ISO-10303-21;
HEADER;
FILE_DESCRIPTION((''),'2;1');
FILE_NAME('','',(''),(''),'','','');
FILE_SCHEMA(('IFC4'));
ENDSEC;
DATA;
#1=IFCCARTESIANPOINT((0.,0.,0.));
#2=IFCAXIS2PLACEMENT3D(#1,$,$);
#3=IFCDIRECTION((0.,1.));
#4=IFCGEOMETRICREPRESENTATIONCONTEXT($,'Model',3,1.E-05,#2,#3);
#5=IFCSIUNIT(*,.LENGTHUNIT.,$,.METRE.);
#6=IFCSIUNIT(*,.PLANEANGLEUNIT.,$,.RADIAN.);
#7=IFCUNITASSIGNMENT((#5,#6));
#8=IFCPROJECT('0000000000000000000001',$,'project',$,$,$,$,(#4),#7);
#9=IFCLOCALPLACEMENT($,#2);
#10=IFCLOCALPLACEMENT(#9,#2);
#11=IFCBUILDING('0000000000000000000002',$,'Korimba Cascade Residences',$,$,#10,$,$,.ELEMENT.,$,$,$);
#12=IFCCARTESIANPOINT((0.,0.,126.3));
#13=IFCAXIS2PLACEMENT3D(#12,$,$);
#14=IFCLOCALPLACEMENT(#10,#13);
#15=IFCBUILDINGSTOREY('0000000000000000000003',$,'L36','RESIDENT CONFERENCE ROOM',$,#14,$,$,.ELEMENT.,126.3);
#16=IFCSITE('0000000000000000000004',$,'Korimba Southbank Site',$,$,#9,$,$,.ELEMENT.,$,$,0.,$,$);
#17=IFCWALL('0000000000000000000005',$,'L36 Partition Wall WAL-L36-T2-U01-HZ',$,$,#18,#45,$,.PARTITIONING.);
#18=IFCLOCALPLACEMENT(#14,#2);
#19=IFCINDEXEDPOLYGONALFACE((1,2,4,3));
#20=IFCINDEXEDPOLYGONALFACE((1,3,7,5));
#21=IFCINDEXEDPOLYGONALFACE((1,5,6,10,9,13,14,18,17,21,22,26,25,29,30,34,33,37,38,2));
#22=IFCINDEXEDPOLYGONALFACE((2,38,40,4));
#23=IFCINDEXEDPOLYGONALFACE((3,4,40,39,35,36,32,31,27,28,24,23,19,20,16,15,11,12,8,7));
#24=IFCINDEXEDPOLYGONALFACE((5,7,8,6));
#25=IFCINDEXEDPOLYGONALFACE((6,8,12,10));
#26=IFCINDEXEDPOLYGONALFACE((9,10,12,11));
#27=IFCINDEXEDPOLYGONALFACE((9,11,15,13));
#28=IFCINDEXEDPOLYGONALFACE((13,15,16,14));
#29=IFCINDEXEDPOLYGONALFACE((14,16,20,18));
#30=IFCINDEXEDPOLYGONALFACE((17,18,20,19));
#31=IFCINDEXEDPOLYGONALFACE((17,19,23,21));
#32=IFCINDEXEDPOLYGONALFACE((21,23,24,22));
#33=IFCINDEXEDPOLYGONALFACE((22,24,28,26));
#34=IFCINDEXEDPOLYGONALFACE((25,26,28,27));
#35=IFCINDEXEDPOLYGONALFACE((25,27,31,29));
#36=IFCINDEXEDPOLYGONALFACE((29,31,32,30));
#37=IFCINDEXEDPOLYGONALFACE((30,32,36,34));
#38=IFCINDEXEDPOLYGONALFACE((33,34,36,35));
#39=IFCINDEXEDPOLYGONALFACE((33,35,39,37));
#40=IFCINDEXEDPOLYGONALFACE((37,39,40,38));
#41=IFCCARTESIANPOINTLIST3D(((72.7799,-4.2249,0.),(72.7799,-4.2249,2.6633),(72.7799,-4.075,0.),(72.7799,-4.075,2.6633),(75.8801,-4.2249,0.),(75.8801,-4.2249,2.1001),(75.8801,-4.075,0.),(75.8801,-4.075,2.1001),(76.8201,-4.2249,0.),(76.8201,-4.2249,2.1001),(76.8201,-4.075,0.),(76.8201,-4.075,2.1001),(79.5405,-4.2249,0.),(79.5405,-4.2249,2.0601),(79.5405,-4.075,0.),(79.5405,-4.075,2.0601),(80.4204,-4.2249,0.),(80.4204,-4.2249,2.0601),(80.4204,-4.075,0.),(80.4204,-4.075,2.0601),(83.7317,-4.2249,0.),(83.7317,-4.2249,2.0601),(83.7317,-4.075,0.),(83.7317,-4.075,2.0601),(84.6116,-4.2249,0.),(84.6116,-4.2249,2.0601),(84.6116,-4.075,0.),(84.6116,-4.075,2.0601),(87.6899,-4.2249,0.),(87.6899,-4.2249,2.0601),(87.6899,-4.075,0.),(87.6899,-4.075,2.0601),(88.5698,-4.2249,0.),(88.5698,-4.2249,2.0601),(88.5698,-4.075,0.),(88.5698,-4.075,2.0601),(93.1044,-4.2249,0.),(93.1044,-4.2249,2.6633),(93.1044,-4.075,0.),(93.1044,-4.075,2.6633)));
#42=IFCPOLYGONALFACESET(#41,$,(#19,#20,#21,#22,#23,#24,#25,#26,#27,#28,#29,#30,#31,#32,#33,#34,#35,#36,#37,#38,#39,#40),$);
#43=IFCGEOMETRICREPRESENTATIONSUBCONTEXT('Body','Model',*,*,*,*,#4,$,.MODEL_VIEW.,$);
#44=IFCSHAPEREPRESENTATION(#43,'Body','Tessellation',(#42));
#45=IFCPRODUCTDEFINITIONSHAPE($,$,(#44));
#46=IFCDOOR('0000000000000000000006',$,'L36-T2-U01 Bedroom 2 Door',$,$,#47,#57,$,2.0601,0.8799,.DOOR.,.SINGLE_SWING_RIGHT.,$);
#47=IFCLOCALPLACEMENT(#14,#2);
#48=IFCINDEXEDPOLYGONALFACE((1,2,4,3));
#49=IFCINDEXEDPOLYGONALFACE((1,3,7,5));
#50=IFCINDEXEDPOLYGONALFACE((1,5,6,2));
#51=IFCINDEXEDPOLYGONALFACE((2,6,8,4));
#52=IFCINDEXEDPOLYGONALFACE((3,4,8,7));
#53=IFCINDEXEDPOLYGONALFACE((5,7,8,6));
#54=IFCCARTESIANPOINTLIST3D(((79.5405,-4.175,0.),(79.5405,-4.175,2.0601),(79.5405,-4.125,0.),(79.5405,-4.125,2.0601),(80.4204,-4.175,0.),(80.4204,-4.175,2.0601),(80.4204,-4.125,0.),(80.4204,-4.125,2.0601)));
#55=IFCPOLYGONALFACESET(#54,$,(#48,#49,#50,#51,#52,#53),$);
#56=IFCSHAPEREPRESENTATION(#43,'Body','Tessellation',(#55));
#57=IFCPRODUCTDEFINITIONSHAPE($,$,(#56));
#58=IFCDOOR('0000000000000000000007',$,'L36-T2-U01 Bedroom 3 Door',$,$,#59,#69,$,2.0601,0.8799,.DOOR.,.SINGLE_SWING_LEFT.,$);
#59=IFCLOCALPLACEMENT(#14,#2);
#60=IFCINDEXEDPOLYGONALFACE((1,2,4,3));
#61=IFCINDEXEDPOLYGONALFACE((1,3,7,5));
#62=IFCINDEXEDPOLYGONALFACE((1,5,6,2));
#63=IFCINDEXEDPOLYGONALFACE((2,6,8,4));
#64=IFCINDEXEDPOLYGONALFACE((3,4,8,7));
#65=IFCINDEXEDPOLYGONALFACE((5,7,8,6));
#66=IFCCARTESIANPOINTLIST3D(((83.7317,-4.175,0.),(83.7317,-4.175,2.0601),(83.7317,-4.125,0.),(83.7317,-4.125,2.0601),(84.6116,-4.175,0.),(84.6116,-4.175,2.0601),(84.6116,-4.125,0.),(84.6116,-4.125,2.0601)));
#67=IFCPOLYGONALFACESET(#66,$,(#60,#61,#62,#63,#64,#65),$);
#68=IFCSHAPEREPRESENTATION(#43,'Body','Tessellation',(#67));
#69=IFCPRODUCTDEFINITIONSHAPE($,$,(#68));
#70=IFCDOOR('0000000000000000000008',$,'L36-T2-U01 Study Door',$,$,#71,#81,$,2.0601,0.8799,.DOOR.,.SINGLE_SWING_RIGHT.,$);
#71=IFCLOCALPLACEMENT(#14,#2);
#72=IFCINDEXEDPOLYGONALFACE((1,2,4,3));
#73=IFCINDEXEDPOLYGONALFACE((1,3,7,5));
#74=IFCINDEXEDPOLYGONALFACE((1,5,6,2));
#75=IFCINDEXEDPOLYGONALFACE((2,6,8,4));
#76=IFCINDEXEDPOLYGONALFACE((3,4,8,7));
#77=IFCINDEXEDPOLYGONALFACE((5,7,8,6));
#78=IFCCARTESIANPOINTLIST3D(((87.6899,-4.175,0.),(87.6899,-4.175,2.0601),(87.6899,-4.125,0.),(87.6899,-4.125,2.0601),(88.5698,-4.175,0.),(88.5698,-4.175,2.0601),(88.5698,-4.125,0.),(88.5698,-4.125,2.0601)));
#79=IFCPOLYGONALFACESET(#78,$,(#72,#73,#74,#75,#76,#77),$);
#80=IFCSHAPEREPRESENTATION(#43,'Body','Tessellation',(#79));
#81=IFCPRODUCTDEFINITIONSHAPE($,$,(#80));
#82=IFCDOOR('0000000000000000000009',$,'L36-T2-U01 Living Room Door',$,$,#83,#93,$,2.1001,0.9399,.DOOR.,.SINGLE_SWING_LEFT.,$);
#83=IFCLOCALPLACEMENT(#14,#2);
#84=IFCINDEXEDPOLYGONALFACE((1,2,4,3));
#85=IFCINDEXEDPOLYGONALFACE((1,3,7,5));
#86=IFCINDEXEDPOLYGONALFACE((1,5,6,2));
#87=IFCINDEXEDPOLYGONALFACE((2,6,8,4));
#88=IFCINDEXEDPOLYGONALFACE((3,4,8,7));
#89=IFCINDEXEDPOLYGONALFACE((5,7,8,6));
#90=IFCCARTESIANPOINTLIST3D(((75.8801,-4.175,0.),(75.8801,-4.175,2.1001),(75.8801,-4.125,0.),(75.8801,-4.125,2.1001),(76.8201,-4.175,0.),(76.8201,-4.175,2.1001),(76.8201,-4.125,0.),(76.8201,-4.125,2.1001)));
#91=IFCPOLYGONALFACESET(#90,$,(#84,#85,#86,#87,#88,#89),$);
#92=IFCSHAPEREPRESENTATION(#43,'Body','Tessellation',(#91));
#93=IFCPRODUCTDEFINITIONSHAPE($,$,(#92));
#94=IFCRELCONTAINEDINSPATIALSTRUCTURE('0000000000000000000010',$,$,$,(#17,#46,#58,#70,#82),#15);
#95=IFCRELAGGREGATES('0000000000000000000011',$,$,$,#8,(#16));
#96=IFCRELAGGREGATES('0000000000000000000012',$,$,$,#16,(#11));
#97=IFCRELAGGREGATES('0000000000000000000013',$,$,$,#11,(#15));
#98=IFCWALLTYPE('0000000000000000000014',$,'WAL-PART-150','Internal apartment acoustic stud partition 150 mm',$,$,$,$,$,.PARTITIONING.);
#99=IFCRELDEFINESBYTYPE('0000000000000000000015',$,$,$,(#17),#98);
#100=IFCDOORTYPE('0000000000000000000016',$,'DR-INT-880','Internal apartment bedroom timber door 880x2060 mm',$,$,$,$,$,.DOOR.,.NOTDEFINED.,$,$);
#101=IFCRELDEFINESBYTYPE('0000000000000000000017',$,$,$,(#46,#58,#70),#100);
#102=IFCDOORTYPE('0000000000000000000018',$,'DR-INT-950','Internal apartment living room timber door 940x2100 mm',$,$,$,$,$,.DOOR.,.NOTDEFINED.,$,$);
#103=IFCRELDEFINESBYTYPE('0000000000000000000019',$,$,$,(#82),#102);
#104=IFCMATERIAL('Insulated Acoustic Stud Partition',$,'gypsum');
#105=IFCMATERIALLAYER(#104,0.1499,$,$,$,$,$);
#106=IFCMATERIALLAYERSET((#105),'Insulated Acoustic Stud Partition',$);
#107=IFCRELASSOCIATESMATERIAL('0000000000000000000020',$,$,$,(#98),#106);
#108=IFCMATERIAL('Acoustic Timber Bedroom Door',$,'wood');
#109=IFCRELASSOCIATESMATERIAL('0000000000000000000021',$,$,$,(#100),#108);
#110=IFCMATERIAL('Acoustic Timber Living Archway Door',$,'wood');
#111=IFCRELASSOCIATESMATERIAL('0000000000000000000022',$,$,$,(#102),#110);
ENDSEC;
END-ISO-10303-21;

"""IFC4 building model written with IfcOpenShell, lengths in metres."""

from ifc_helpers import new_model, si_unit, direction, frame, frame_2d, origin, place, context, subcontext, project, spatial, rectangle, extrude, material, layer, layer_set, type_object, element, fill, save


model = new_model("IFC4")

# Units and contexts
model_context = context("Model", 3, precision=1e-05, world=origin(), true_north=direction((0.0, 1.0)))
body_context = subcontext(model_context, "Body", "Model", "MODEL_VIEW")
ifc_project = project(units=[si_unit("LENGTHUNIT", "METRE"), si_unit("PLANEANGLEUNIT", "RADIAN")], contexts=[model_context])

# Site, building, storey
site_placement = place(None, origin())
site = spatial("IfcSite", under=ifc_project, at=site_placement, Name="Korimba Southbank Site", CompositionType="ELEMENT", RefElevation=0.0)
building_placement = place(site_placement, origin())
building = spatial("IfcBuilding", under=site, at=building_placement, Name="Korimba Cascade Residences", CompositionType="ELEMENT")
storey_placement = place(building_placement, frame((0.0, 0.0, 126.3)))
storey = spatial("IfcBuildingStorey", under=building, at=storey_placement, Name="L36", Description="RESIDENT CONFERENCE ROOM", CompositionType="ELEMENT", Elevation=126.3)

# Shared definitions
ifc_material_1 = material(Name="Insulated Acoustic Stud Partition", Category="gypsum")
ifc_layer_1 = layer(ifc_material_1, 0.1499)
ifc_layer_set_1 = layer_set([ifc_layer_1], Name="Insulated Acoustic Stud Partition")
wall_type_1 = type_object("IfcWallType", Name="WAL-PART-150", Description="Internal apartment acoustic stud partition 150 mm", PredefinedType="PARTITIONING", material=ifc_layer_set_1)
ifc_material_2 = material(Name="Acoustic Timber Bedroom Door", Category="wood")
door_type_1 = type_object("IfcDoorType", Name="DR-INT-880", Description="Internal apartment bedroom timber door 880x2060 mm", OperationType="NOTDEFINED", PredefinedType="DOOR", material=ifc_material_2)

# Wall, openings, doors
wall_1_placement = place(storey_placement, frame((72.78, -4.1499, 0.0), z_axis=(0.0, 0.0, 1.0), x_axis=(1.0, 0.0, 0.0)))
wall_1 = element("IfcWall", 1, at=wall_1_placement, inside=storey, type_object=wall_type_1, Name="L36 Partition Wall WAL-L36-T2-U01-HZ", PredefinedType="PARTITIONING", context=body_context, shape_type="SweptSolid", body=[
    extrude(rectangle(XDim=20.3245, YDim=0.1499, at=frame_2d((10.1621, 0.0))), origin(), (0.0, 0.0, 1.0), 2.6633),
])
opening_1_placement = place(wall_1_placement, frame((3.1001, 0.0, 0.0)))
opening_1 = element("IfcOpeningElement", 2, at=opening_1_placement, cuts=wall_1, PredefinedType="OPENING", context=body_context, shape_type="SweptSolid", body=[
    extrude(rectangle(XDim=0.9399, YDim=2.1001, at=frame_2d((0.47, 1.05))), frame((0.0, 0.085, 0.0), z_axis=(0.0, -1.0, 0.0), x_axis=(1.0, 0.0, 0.0)), (0.0, 0.0, 1.0), 0.1699),
])
opening_2_placement = place(wall_1_placement, frame((6.7605, 0.0, 0.0)))
opening_2 = element("IfcOpeningElement", 3, at=opening_2_placement, cuts=wall_1, PredefinedType="OPENING", context=body_context, shape_type="SweptSolid", body=[
    extrude(rectangle(XDim=0.8799, YDim=2.0601, at=frame_2d((0.4399, 1.03))), frame((0.0, 0.085, 0.0), z_axis=(0.0, -1.0, 0.0), x_axis=(1.0, 0.0, 0.0)), (0.0, 0.0, 1.0), 0.1699),
])
opening_3_placement = place(wall_1_placement, frame((10.9517, 0.0, 0.0)))
opening_3 = element("IfcOpeningElement", 4, at=opening_3_placement, cuts=wall_1, PredefinedType="OPENING", context=body_context, shape_type="SweptSolid", body=[
    extrude(rectangle(XDim=0.8799, YDim=2.0601, at=frame_2d((0.4399, 1.03))), frame((0.0, 0.085, 0.0), z_axis=(0.0, -1.0, 0.0), x_axis=(1.0, 0.0, 0.0)), (0.0, 0.0, 1.0), 0.1699),
])
opening_4_placement = place(wall_1_placement, frame((14.9099, 0.0, 0.0)))
opening_4 = element("IfcOpeningElement", 5, at=opening_4_placement, cuts=wall_1, PredefinedType="OPENING", context=body_context, shape_type="SweptSolid", body=[
    extrude(rectangle(XDim=0.8799, YDim=2.0601, at=frame_2d((0.4399, 1.03))), frame((0.0, 0.085, 0.0), z_axis=(0.0, -1.0, 0.0), x_axis=(1.0, 0.0, 0.0)), (0.0, 0.0, 1.0), 0.1699),
])
door_1_placement = place(opening_2_placement, origin())
door_1 = element("IfcDoor", 6, at=door_1_placement, inside=storey, type_object=door_type_1, Name="L36-T2-U01 Bedroom 2 Door", OperationType="SINGLE_SWING_RIGHT", OverallHeight=2.0601, OverallWidth=0.8799, PredefinedType="DOOR", context=body_context, shape_type="SweptSolid", body=[
    extrude(rectangle(XDim=0.8799, YDim=2.0601, at=frame_2d((0.4399, 1.03))), frame((0.0, 0.0249, 0.0), z_axis=(0.0, -1.0, 0.0), x_axis=(1.0, 0.0, 0.0)), (0.0, 0.0, 1.0), 0.05),
])
fill(opening_2, door_1)
door_2_placement = place(opening_3_placement, origin())
door_2 = element("IfcDoor", 7, at=door_2_placement, inside=storey, type_object=door_type_1, Name="L36-T2-U01 Bedroom 3 Door", OperationType="SINGLE_SWING_LEFT", OverallHeight=2.0601, OverallWidth=0.8799, PredefinedType="DOOR", context=body_context, shape_type="SweptSolid", body=[
    extrude(rectangle(XDim=0.8799, YDim=2.0601, at=frame_2d((0.4399, 1.03))), frame((0.0, 0.0249, 0.0), z_axis=(0.0, -1.0, 0.0), x_axis=(1.0, 0.0, 0.0)), (0.0, 0.0, 1.0), 0.05),
])
fill(opening_3, door_2)
door_3_placement = place(opening_4_placement, origin())
door_3 = element("IfcDoor", 8, at=door_3_placement, inside=storey, type_object=door_type_1, Name="L36-T2-U01 Study Door", OperationType="SINGLE_SWING_RIGHT", OverallHeight=2.0601, OverallWidth=0.8799, PredefinedType="DOOR", context=body_context, shape_type="SweptSolid", body=[
    extrude(rectangle(XDim=0.8799, YDim=2.0601, at=frame_2d((0.4399, 1.03))), frame((0.0, 0.0249, 0.0), z_axis=(0.0, -1.0, 0.0), x_axis=(1.0, 0.0, 0.0)), (0.0, 0.0, 1.0), 0.05),
])
fill(opening_4, door_3)
ifc_material_3 = material(Name="Acoustic Timber Living Archway Door", Category="wood")
door_type_2 = type_object("IfcDoorType", Name="DR-INT-950", Description="Internal apartment living room timber door 940x2100 mm", OperationType="NOTDEFINED", PredefinedType="DOOR", material=ifc_material_3)
door_4_placement = place(opening_1_placement, origin())
door_4 = element("IfcDoor", 9, at=door_4_placement, inside=storey, type_object=door_type_2, Name="L36-T2-U01 Living Room Door", OperationType="SINGLE_SWING_LEFT", OverallHeight=2.1001, OverallWidth=0.9399, PredefinedType="DOOR", context=body_context, shape_type="SweptSolid", body=[
    extrude(rectangle(XDim=0.9399, YDim=2.1001, at=frame_2d((0.47, 1.05))), frame((0.0, 0.0249, 0.0), z_axis=(0.0, -1.0, 0.0), x_axis=(1.0, 0.0, 0.0)), (0.0, 0.0, 1.0), 0.05),
])
fill(opening_1, door_4)

save(model, "model.ifc")
